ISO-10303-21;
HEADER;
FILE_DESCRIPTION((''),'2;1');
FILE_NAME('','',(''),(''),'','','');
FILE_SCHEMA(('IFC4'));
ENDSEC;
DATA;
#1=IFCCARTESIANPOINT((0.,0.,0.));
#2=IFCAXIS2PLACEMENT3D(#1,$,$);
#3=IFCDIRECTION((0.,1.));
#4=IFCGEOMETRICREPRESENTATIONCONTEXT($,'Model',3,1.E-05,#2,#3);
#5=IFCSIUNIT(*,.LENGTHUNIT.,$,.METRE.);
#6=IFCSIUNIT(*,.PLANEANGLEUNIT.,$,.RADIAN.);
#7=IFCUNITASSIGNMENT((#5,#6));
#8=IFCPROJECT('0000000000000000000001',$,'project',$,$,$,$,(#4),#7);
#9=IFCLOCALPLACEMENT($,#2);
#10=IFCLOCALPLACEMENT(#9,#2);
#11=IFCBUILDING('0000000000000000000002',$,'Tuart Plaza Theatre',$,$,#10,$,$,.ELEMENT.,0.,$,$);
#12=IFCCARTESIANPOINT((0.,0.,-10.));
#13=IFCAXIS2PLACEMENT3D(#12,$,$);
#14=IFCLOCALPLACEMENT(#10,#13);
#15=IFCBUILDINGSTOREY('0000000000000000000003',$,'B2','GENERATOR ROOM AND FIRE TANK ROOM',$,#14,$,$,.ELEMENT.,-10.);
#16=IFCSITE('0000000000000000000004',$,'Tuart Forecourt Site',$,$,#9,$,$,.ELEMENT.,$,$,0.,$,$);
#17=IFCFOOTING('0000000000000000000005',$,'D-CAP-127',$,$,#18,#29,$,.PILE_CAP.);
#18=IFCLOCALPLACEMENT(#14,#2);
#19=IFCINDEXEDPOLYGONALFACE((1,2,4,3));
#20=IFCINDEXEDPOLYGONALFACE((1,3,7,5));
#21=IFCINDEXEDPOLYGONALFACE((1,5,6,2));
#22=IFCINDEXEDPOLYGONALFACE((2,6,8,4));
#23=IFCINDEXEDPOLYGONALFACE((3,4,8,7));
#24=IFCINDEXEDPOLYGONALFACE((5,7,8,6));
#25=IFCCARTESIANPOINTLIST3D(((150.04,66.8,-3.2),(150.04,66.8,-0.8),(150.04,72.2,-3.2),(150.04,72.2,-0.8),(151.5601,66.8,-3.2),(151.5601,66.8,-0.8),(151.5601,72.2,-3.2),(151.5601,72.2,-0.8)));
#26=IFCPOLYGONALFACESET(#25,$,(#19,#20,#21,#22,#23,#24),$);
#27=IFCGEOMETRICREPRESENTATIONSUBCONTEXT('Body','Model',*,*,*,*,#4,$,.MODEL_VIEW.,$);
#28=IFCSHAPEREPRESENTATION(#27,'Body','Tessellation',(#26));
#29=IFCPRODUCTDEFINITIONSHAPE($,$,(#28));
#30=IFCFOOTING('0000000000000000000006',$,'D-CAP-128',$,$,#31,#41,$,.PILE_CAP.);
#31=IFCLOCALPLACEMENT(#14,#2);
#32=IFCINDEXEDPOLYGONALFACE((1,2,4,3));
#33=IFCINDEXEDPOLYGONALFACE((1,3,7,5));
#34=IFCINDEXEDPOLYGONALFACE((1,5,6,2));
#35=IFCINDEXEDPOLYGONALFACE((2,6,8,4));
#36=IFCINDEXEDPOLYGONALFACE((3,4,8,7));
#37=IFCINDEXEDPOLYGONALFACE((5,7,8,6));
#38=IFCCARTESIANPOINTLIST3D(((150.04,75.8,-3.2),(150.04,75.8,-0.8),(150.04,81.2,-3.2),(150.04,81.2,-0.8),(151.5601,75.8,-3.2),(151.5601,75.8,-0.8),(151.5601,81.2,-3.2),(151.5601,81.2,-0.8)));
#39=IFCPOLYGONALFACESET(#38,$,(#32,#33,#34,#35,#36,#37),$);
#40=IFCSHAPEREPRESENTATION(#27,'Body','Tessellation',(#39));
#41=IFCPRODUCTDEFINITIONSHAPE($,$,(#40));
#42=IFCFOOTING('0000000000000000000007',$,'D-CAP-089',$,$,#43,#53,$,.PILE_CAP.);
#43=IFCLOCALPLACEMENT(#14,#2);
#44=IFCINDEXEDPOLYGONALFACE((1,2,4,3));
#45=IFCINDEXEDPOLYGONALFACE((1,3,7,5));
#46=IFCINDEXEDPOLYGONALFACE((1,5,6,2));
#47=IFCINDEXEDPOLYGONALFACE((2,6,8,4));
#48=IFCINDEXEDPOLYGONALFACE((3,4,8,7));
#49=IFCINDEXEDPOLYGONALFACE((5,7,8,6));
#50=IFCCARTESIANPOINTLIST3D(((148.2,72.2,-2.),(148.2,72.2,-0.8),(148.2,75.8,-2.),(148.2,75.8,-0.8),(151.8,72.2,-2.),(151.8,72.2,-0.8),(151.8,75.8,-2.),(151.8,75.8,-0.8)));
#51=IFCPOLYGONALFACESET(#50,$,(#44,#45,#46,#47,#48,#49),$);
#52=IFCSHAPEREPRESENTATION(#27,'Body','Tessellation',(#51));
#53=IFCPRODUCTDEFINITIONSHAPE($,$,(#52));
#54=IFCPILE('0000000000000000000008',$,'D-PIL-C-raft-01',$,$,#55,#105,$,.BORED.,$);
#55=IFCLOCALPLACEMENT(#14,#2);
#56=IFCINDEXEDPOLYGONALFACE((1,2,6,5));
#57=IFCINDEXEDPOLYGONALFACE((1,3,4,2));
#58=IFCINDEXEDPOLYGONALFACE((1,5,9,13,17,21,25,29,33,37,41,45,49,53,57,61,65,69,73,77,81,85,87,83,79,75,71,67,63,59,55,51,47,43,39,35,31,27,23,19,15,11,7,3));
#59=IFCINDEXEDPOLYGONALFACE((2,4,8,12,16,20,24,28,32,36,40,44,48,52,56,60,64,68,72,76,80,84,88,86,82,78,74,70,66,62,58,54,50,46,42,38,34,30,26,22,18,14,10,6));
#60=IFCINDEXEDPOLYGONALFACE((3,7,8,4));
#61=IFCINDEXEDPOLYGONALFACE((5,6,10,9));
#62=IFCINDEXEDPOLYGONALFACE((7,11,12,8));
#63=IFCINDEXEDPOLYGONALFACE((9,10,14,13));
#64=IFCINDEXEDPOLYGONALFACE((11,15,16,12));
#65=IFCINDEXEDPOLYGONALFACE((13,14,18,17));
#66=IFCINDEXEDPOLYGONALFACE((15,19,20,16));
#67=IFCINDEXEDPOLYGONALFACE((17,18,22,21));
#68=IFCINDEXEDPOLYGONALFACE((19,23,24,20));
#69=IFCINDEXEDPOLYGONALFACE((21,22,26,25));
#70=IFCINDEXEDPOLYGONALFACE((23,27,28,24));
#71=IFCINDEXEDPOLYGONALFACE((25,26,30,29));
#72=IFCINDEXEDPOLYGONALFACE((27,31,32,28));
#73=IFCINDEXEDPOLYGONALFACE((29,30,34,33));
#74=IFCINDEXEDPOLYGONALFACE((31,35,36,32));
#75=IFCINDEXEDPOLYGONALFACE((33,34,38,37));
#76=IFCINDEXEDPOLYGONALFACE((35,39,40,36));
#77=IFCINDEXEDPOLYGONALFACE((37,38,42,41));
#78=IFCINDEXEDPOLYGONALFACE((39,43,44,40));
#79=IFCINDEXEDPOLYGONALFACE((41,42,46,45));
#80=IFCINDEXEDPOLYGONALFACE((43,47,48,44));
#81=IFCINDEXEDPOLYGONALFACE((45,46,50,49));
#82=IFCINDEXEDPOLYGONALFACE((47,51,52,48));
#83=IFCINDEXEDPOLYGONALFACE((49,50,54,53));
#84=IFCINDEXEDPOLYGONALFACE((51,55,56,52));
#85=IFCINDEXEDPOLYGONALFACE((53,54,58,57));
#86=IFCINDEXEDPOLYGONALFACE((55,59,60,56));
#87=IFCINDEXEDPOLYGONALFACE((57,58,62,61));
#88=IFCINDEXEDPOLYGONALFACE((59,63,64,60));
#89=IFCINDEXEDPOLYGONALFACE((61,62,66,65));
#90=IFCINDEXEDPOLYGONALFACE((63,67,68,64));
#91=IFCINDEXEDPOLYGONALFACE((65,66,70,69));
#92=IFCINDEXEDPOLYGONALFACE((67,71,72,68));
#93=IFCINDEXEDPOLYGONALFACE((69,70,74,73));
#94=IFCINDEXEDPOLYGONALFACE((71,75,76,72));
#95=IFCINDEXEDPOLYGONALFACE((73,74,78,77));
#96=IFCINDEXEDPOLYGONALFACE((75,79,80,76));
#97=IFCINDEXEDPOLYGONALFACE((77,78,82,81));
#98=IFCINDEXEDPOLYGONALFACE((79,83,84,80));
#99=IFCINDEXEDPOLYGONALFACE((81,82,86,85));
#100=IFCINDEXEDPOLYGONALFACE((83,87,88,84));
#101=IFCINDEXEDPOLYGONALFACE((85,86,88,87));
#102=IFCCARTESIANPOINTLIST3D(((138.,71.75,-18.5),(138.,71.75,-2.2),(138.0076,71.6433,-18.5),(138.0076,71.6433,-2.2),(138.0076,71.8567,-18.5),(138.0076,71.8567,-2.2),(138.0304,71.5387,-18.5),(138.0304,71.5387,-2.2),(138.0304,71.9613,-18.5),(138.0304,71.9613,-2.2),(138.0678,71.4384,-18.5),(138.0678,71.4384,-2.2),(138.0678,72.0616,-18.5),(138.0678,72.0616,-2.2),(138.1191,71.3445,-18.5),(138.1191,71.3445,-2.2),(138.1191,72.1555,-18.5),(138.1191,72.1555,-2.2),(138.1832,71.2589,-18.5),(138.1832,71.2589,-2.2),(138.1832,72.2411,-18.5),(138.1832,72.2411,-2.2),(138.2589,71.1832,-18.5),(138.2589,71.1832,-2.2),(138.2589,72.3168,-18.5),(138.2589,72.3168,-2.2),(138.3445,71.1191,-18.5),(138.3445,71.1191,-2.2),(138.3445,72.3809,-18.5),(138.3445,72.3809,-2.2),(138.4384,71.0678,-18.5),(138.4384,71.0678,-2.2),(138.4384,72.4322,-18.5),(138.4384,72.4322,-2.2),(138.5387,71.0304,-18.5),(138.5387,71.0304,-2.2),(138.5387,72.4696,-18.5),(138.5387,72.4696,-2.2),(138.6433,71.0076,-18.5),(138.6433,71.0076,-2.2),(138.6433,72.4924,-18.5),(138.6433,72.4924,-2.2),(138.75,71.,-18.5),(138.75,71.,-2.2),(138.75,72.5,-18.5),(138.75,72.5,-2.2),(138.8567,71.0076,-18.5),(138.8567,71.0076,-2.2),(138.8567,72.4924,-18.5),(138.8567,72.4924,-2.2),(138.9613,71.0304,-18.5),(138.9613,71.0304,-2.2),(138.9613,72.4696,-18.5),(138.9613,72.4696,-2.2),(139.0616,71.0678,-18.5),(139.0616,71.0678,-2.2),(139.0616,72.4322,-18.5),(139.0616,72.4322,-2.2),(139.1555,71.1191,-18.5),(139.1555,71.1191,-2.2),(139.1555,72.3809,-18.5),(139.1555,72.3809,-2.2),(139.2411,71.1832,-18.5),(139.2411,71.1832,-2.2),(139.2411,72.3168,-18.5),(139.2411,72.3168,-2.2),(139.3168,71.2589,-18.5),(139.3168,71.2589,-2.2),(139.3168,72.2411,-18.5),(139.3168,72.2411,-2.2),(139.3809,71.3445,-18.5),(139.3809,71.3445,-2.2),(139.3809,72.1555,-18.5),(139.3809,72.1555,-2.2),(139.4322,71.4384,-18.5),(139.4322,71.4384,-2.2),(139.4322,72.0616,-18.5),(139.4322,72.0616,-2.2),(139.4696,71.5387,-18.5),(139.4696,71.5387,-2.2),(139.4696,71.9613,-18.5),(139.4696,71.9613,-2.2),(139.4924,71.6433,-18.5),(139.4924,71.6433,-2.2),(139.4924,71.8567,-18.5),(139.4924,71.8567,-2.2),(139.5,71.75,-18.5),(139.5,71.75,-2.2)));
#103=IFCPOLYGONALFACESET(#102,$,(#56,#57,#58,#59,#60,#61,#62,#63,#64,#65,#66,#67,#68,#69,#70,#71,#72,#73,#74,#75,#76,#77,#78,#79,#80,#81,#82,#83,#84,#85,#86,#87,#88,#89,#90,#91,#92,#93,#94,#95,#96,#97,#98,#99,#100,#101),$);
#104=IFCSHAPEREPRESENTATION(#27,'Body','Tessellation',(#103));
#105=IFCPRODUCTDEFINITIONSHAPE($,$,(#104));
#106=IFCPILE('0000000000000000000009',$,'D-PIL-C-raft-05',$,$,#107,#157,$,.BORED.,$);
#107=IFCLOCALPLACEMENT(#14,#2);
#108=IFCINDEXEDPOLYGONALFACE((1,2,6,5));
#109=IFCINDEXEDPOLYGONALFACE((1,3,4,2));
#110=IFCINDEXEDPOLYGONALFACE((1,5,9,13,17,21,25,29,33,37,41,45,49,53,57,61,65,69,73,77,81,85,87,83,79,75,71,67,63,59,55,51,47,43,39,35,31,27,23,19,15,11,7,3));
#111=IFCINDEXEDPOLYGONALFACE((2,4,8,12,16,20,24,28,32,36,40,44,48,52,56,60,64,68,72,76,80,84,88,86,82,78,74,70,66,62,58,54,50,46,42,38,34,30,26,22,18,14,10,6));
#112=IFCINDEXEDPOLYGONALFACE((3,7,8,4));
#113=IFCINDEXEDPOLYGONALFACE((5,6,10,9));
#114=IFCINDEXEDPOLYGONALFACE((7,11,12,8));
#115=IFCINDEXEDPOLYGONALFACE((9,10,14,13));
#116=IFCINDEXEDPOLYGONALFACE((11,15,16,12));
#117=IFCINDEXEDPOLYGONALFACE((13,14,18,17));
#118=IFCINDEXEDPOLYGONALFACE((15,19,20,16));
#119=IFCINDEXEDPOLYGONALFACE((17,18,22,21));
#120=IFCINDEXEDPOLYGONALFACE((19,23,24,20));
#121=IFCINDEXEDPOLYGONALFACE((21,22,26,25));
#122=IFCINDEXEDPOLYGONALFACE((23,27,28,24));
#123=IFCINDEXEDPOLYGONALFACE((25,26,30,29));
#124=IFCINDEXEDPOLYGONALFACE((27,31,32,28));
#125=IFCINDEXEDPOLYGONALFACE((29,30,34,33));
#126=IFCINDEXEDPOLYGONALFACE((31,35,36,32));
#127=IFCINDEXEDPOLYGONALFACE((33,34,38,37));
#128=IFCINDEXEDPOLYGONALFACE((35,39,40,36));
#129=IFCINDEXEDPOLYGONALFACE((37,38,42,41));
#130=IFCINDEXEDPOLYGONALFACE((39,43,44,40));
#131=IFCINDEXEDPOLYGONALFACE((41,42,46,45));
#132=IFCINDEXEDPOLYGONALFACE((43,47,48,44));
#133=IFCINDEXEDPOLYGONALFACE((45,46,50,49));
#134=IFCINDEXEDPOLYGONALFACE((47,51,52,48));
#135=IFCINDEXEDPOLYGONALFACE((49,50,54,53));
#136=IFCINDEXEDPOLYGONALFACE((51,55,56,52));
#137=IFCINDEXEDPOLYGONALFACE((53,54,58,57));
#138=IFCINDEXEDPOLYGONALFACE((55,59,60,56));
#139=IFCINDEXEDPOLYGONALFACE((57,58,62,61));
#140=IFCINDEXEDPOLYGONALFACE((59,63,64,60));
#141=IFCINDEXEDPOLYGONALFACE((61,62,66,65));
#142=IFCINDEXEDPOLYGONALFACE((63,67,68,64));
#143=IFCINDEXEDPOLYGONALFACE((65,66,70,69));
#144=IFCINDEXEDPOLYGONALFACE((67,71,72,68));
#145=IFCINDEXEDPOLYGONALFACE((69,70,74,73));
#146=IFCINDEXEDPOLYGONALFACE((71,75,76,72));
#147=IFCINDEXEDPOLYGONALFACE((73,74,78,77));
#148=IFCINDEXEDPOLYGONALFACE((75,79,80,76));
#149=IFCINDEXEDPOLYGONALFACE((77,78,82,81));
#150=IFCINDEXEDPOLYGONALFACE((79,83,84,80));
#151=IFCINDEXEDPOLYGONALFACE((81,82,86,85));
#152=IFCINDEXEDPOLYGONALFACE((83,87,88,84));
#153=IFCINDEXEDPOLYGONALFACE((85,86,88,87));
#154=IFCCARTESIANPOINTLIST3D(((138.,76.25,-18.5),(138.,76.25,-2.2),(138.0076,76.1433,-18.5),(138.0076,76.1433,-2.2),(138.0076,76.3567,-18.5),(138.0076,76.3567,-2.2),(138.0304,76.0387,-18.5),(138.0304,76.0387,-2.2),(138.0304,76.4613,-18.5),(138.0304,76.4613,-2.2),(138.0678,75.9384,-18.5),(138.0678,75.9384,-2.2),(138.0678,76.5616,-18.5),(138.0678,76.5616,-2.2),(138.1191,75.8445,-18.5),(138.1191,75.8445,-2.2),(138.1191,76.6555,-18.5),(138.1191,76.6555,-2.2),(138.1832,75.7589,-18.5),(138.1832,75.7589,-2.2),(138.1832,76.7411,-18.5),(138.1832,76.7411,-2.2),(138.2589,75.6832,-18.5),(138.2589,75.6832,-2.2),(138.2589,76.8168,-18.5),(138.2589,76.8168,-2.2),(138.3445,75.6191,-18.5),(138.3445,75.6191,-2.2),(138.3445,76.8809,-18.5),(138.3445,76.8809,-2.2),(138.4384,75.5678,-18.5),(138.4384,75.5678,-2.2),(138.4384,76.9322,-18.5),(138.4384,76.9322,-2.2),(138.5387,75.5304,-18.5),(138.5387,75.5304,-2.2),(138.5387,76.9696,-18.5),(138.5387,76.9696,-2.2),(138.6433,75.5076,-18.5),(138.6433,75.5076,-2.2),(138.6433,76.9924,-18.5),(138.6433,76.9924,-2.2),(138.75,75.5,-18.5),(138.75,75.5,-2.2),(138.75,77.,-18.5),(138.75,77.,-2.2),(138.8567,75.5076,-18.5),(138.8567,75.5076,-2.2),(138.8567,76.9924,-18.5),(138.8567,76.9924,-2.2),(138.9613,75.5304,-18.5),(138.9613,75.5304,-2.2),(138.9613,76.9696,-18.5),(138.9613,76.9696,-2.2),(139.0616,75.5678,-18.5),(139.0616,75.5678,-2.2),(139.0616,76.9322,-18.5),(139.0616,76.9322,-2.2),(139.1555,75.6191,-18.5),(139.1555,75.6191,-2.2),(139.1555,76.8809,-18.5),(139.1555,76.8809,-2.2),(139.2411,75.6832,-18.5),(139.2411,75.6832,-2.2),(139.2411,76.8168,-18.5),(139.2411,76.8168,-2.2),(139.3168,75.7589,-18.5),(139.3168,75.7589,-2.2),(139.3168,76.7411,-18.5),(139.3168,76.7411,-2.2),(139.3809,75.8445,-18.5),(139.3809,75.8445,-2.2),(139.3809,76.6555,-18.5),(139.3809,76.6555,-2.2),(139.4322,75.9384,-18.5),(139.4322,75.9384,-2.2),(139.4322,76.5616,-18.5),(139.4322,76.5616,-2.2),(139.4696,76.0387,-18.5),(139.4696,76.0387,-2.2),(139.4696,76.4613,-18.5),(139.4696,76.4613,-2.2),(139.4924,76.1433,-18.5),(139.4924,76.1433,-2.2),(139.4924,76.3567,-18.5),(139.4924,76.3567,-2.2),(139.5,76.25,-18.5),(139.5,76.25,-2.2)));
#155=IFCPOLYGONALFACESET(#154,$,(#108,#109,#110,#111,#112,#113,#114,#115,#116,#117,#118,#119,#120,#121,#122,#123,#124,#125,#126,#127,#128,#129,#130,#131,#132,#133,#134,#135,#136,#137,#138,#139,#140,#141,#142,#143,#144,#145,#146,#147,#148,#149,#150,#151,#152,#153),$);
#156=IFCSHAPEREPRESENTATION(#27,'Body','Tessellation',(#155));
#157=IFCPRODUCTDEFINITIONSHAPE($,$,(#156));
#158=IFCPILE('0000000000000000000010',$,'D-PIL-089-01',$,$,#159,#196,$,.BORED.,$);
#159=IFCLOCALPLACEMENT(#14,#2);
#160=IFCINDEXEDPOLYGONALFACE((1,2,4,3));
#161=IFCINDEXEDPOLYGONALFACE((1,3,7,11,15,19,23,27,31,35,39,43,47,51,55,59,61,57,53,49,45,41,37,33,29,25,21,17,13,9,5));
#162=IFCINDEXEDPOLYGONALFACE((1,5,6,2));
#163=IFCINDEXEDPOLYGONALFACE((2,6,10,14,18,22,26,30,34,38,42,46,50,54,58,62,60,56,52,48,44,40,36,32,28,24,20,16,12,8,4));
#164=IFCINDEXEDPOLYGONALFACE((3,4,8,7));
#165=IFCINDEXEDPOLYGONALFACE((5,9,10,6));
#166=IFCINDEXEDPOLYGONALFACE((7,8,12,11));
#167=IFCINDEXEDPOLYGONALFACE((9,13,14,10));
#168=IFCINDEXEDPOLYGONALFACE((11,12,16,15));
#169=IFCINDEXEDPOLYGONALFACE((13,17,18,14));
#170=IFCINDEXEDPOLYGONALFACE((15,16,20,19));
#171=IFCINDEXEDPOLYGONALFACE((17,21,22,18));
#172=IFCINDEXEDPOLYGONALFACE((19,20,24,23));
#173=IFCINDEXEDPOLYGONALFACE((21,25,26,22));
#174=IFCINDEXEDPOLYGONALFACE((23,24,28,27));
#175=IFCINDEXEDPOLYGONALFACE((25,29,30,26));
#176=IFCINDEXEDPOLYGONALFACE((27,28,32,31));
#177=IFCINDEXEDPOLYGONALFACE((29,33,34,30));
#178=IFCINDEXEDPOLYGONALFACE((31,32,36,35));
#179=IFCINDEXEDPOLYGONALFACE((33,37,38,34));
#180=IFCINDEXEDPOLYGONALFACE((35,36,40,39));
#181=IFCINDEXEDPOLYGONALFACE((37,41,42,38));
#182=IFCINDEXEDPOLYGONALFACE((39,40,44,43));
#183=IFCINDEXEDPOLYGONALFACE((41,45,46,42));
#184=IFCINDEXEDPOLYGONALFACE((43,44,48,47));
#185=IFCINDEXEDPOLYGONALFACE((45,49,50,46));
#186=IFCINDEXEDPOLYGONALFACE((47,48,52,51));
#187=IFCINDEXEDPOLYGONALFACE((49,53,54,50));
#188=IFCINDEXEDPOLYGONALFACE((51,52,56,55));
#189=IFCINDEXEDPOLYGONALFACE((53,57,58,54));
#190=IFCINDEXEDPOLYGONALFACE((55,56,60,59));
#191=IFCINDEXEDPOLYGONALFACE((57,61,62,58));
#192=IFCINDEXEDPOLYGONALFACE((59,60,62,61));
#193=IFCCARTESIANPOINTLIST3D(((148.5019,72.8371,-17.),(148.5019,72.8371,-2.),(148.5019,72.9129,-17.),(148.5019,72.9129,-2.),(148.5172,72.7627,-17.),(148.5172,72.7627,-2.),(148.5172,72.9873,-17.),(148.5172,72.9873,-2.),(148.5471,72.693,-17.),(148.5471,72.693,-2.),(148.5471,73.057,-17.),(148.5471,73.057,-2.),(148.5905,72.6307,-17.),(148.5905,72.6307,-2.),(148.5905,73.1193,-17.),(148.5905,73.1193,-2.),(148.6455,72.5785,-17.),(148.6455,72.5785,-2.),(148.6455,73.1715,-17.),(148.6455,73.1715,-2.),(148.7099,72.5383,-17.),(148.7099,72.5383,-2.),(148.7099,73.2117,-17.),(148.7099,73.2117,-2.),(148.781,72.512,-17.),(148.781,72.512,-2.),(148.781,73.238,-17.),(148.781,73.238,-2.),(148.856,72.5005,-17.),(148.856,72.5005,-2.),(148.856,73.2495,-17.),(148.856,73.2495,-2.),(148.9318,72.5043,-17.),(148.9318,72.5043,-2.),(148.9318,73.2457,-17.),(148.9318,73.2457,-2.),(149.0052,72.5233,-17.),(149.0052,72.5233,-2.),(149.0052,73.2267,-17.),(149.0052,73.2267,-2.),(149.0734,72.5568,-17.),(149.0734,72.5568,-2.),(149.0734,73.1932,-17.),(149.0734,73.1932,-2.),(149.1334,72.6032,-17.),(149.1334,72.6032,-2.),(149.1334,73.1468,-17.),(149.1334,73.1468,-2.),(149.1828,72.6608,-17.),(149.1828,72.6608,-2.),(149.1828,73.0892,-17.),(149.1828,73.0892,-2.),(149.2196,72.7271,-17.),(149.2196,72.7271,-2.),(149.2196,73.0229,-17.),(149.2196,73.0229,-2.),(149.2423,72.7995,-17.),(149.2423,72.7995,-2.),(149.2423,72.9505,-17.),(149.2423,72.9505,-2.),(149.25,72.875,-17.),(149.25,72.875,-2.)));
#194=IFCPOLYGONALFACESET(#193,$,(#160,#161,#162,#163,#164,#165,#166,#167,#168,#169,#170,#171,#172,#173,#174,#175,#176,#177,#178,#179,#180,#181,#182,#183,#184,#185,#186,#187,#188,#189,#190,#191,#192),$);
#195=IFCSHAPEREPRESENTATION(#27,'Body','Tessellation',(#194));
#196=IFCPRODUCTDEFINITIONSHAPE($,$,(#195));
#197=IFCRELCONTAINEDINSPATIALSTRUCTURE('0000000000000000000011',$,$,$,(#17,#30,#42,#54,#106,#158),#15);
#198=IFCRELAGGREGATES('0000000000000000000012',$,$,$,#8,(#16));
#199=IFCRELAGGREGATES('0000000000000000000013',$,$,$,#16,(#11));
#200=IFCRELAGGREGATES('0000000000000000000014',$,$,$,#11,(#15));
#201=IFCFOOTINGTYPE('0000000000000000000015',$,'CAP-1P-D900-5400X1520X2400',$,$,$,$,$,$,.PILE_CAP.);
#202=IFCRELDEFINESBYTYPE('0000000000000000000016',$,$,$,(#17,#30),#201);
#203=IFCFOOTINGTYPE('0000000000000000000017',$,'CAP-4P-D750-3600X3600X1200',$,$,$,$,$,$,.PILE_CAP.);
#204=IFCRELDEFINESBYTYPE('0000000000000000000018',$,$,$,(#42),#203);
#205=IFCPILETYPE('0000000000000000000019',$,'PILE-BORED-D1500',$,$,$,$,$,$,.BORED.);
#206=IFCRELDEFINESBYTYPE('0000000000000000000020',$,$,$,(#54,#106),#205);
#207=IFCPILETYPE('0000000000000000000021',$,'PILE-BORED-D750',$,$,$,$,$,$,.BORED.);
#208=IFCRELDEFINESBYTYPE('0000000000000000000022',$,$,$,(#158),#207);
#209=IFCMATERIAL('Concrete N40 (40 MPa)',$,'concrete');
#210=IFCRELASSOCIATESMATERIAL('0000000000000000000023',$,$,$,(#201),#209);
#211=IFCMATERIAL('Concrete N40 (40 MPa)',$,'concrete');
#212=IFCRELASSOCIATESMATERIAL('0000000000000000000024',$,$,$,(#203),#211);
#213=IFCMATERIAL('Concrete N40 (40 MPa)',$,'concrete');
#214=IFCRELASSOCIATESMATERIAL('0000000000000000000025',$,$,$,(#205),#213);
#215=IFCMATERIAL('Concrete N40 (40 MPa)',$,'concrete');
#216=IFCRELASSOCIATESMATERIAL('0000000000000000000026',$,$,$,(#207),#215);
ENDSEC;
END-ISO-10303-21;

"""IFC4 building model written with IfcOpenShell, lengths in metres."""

from ifc_helpers import new_model, si_unit, direction, frame, origin, origin_2d, place, context, subcontext, project, spatial, rectangle, circle, extrude, material, material_profile, profile_set, type_object, element, save


model = new_model("IFC4")

# Units and contexts
model_context = context("Model", 3, precision=1e-05, world=origin(), true_north=direction((0.0, 1.0)))
body_context = subcontext(model_context, "Body", "Model", "MODEL_VIEW")
ifc_project = project(units=[si_unit("LENGTHUNIT", "METRE"), si_unit("PLANEANGLEUNIT", "RADIAN")], contexts=[model_context])

# Site, building, storey
site_placement = place(None, origin())
site = spatial("IfcSite", under=ifc_project, at=site_placement, Name="Tuart Forecourt Site", CompositionType="ELEMENT", RefElevation=0.0)
building_placement = place(site_placement, origin())
building = spatial("IfcBuilding", under=site, at=building_placement, Name="Tuart Plaza Theatre", CompositionType="ELEMENT", ElevationOfRefHeight=0.0)
storey_placement = place(building_placement, frame((0.0, 0.0, -10.0)))
storey = spatial("IfcBuildingStorey", under=building, at=storey_placement, Name="B2", Description="GENERATOR ROOM AND FIRE TANK ROOM", CompositionType="ELEMENT", Elevation=-10.0)

# Footings
ifc_material_1 = material(Name="Concrete N40 (40 MPa)", Category="concrete")
footing_type_1 = type_object("IfcFootingType", Name="CAP-1P-D900-5400X1520X2400", PredefinedType="PILE_CAP", material=ifc_material_1)
for number, where, z_axis, x_axis, name in (
    (1, (150.8, 69.5, -3.2), (0.0, 0.0, 1.0), (0.0, 1.0, 0.0), "D-CAP-127"),
    (2, (150.8, 78.5, -3.2), (0.0, 0.0, 1.0), (0.0, 1.0, 0.0), "D-CAP-128"),
):
    element("IfcFooting", number, at=place(storey_placement, frame(where, z_axis=z_axis, x_axis=x_axis)), inside=storey, type_object=footing_type_1, Name=name, PredefinedType="PILE_CAP", context=body_context, shape_type="SweptSolid", body=[
        extrude(rectangle(XDim=5.3999, YDim=1.52, at=origin_2d()), origin(), (0.0, 0.0, 1.0), 2.3999),
    ])
ifc_material_2 = material(Name="Concrete N40 (40 MPa)", Category="concrete")
footing_type_2 = type_object("IfcFootingType", Name="CAP-4P-D750-3600X3600X1200", PredefinedType="PILE_CAP", material=ifc_material_2)
footing_placement = place(storey_placement, frame((150.0, 74.0, -2.0), z_axis=(0.0, 0.0, 1.0), x_axis=(1.0, 0.0, 0.0)))
element("IfcFooting", 3, at=footing_placement, inside=storey, type_object=footing_type_2, Name="D-CAP-089", PredefinedType="PILE_CAP", context=body_context, shape_type="SweptSolid", body=[
    extrude(rectangle(XDim=3.6001, YDim=3.6001, at=origin_2d()), origin(), (0.0, 0.0, 1.0), 1.2),
])

# Piles
ifc_material_3 = material(Name="Concrete N40 (40 MPa)", Category="concrete")
ifc_material_profile_1 = material_profile(ifc_material_3, circle(Radius=0.75, at=origin_2d()), Name="PILE-BORED-D1500")
ifc_profile_set_1 = profile_set([ifc_material_profile_1], Name="Concrete N40 (40 MPa)")
pile_type_1 = type_object("IfcPileType", Name="PILE-BORED-D1500", PredefinedType="BORED", material=ifc_profile_set_1)
for number, where, z_axis, x_axis, name in (
    (4, (138.75, 71.75, -2.2), (0.0, 0.0, -1.0), (1.0, 0.0, 0.0), "D-PIL-C-raft-01"),
    (5, (138.75, 76.25, -2.2), (0.0, 0.0, -1.0), (1.0, 0.0, 0.0), "D-PIL-C-raft-05"),
):
    element("IfcPile", number, at=place(storey_placement, frame(where, z_axis=z_axis, x_axis=x_axis)), inside=storey, type_object=pile_type_1, Name=name, PredefinedType="BORED", context=body_context, shape_type="SweptSolid", body=[
        extrude(circle(Radius=0.75, at=origin_2d()), origin(), (0.0, 0.0, 1.0), 16.3),
    ])
ifc_material_4 = material(Name="Concrete N40 (40 MPa)", Category="concrete")
ifc_material_profile_2 = material_profile(ifc_material_4, circle(Radius=0.375, at=origin_2d()), Name="PILE-BORED-D750")
ifc_profile_set_2 = profile_set([ifc_material_profile_2], Name="Concrete N40 (40 MPa)")
pile_type_2 = type_object("IfcPileType", Name="PILE-BORED-D750", PredefinedType="BORED", material=ifc_profile_set_2)
for number, where, z_axis, x_axis, name in (
    (6, (148.875, 72.875, -2.0), (0.0, 0.0, -1.0), (1.0, 0.0, 0.0), "D-PIL-089-01"),
):
    element("IfcPile", number, at=place(storey_placement, frame(where, z_axis=z_axis, x_axis=x_axis)), inside=storey, type_object=pile_type_2, Name=name, PredefinedType="BORED", context=body_context, shape_type="SweptSolid", body=[
        extrude(circle(Radius=0.375, at=origin_2d()), origin(), (0.0, 0.0, 1.0), 15.0),
    ])

save(model, "model.ifc")
